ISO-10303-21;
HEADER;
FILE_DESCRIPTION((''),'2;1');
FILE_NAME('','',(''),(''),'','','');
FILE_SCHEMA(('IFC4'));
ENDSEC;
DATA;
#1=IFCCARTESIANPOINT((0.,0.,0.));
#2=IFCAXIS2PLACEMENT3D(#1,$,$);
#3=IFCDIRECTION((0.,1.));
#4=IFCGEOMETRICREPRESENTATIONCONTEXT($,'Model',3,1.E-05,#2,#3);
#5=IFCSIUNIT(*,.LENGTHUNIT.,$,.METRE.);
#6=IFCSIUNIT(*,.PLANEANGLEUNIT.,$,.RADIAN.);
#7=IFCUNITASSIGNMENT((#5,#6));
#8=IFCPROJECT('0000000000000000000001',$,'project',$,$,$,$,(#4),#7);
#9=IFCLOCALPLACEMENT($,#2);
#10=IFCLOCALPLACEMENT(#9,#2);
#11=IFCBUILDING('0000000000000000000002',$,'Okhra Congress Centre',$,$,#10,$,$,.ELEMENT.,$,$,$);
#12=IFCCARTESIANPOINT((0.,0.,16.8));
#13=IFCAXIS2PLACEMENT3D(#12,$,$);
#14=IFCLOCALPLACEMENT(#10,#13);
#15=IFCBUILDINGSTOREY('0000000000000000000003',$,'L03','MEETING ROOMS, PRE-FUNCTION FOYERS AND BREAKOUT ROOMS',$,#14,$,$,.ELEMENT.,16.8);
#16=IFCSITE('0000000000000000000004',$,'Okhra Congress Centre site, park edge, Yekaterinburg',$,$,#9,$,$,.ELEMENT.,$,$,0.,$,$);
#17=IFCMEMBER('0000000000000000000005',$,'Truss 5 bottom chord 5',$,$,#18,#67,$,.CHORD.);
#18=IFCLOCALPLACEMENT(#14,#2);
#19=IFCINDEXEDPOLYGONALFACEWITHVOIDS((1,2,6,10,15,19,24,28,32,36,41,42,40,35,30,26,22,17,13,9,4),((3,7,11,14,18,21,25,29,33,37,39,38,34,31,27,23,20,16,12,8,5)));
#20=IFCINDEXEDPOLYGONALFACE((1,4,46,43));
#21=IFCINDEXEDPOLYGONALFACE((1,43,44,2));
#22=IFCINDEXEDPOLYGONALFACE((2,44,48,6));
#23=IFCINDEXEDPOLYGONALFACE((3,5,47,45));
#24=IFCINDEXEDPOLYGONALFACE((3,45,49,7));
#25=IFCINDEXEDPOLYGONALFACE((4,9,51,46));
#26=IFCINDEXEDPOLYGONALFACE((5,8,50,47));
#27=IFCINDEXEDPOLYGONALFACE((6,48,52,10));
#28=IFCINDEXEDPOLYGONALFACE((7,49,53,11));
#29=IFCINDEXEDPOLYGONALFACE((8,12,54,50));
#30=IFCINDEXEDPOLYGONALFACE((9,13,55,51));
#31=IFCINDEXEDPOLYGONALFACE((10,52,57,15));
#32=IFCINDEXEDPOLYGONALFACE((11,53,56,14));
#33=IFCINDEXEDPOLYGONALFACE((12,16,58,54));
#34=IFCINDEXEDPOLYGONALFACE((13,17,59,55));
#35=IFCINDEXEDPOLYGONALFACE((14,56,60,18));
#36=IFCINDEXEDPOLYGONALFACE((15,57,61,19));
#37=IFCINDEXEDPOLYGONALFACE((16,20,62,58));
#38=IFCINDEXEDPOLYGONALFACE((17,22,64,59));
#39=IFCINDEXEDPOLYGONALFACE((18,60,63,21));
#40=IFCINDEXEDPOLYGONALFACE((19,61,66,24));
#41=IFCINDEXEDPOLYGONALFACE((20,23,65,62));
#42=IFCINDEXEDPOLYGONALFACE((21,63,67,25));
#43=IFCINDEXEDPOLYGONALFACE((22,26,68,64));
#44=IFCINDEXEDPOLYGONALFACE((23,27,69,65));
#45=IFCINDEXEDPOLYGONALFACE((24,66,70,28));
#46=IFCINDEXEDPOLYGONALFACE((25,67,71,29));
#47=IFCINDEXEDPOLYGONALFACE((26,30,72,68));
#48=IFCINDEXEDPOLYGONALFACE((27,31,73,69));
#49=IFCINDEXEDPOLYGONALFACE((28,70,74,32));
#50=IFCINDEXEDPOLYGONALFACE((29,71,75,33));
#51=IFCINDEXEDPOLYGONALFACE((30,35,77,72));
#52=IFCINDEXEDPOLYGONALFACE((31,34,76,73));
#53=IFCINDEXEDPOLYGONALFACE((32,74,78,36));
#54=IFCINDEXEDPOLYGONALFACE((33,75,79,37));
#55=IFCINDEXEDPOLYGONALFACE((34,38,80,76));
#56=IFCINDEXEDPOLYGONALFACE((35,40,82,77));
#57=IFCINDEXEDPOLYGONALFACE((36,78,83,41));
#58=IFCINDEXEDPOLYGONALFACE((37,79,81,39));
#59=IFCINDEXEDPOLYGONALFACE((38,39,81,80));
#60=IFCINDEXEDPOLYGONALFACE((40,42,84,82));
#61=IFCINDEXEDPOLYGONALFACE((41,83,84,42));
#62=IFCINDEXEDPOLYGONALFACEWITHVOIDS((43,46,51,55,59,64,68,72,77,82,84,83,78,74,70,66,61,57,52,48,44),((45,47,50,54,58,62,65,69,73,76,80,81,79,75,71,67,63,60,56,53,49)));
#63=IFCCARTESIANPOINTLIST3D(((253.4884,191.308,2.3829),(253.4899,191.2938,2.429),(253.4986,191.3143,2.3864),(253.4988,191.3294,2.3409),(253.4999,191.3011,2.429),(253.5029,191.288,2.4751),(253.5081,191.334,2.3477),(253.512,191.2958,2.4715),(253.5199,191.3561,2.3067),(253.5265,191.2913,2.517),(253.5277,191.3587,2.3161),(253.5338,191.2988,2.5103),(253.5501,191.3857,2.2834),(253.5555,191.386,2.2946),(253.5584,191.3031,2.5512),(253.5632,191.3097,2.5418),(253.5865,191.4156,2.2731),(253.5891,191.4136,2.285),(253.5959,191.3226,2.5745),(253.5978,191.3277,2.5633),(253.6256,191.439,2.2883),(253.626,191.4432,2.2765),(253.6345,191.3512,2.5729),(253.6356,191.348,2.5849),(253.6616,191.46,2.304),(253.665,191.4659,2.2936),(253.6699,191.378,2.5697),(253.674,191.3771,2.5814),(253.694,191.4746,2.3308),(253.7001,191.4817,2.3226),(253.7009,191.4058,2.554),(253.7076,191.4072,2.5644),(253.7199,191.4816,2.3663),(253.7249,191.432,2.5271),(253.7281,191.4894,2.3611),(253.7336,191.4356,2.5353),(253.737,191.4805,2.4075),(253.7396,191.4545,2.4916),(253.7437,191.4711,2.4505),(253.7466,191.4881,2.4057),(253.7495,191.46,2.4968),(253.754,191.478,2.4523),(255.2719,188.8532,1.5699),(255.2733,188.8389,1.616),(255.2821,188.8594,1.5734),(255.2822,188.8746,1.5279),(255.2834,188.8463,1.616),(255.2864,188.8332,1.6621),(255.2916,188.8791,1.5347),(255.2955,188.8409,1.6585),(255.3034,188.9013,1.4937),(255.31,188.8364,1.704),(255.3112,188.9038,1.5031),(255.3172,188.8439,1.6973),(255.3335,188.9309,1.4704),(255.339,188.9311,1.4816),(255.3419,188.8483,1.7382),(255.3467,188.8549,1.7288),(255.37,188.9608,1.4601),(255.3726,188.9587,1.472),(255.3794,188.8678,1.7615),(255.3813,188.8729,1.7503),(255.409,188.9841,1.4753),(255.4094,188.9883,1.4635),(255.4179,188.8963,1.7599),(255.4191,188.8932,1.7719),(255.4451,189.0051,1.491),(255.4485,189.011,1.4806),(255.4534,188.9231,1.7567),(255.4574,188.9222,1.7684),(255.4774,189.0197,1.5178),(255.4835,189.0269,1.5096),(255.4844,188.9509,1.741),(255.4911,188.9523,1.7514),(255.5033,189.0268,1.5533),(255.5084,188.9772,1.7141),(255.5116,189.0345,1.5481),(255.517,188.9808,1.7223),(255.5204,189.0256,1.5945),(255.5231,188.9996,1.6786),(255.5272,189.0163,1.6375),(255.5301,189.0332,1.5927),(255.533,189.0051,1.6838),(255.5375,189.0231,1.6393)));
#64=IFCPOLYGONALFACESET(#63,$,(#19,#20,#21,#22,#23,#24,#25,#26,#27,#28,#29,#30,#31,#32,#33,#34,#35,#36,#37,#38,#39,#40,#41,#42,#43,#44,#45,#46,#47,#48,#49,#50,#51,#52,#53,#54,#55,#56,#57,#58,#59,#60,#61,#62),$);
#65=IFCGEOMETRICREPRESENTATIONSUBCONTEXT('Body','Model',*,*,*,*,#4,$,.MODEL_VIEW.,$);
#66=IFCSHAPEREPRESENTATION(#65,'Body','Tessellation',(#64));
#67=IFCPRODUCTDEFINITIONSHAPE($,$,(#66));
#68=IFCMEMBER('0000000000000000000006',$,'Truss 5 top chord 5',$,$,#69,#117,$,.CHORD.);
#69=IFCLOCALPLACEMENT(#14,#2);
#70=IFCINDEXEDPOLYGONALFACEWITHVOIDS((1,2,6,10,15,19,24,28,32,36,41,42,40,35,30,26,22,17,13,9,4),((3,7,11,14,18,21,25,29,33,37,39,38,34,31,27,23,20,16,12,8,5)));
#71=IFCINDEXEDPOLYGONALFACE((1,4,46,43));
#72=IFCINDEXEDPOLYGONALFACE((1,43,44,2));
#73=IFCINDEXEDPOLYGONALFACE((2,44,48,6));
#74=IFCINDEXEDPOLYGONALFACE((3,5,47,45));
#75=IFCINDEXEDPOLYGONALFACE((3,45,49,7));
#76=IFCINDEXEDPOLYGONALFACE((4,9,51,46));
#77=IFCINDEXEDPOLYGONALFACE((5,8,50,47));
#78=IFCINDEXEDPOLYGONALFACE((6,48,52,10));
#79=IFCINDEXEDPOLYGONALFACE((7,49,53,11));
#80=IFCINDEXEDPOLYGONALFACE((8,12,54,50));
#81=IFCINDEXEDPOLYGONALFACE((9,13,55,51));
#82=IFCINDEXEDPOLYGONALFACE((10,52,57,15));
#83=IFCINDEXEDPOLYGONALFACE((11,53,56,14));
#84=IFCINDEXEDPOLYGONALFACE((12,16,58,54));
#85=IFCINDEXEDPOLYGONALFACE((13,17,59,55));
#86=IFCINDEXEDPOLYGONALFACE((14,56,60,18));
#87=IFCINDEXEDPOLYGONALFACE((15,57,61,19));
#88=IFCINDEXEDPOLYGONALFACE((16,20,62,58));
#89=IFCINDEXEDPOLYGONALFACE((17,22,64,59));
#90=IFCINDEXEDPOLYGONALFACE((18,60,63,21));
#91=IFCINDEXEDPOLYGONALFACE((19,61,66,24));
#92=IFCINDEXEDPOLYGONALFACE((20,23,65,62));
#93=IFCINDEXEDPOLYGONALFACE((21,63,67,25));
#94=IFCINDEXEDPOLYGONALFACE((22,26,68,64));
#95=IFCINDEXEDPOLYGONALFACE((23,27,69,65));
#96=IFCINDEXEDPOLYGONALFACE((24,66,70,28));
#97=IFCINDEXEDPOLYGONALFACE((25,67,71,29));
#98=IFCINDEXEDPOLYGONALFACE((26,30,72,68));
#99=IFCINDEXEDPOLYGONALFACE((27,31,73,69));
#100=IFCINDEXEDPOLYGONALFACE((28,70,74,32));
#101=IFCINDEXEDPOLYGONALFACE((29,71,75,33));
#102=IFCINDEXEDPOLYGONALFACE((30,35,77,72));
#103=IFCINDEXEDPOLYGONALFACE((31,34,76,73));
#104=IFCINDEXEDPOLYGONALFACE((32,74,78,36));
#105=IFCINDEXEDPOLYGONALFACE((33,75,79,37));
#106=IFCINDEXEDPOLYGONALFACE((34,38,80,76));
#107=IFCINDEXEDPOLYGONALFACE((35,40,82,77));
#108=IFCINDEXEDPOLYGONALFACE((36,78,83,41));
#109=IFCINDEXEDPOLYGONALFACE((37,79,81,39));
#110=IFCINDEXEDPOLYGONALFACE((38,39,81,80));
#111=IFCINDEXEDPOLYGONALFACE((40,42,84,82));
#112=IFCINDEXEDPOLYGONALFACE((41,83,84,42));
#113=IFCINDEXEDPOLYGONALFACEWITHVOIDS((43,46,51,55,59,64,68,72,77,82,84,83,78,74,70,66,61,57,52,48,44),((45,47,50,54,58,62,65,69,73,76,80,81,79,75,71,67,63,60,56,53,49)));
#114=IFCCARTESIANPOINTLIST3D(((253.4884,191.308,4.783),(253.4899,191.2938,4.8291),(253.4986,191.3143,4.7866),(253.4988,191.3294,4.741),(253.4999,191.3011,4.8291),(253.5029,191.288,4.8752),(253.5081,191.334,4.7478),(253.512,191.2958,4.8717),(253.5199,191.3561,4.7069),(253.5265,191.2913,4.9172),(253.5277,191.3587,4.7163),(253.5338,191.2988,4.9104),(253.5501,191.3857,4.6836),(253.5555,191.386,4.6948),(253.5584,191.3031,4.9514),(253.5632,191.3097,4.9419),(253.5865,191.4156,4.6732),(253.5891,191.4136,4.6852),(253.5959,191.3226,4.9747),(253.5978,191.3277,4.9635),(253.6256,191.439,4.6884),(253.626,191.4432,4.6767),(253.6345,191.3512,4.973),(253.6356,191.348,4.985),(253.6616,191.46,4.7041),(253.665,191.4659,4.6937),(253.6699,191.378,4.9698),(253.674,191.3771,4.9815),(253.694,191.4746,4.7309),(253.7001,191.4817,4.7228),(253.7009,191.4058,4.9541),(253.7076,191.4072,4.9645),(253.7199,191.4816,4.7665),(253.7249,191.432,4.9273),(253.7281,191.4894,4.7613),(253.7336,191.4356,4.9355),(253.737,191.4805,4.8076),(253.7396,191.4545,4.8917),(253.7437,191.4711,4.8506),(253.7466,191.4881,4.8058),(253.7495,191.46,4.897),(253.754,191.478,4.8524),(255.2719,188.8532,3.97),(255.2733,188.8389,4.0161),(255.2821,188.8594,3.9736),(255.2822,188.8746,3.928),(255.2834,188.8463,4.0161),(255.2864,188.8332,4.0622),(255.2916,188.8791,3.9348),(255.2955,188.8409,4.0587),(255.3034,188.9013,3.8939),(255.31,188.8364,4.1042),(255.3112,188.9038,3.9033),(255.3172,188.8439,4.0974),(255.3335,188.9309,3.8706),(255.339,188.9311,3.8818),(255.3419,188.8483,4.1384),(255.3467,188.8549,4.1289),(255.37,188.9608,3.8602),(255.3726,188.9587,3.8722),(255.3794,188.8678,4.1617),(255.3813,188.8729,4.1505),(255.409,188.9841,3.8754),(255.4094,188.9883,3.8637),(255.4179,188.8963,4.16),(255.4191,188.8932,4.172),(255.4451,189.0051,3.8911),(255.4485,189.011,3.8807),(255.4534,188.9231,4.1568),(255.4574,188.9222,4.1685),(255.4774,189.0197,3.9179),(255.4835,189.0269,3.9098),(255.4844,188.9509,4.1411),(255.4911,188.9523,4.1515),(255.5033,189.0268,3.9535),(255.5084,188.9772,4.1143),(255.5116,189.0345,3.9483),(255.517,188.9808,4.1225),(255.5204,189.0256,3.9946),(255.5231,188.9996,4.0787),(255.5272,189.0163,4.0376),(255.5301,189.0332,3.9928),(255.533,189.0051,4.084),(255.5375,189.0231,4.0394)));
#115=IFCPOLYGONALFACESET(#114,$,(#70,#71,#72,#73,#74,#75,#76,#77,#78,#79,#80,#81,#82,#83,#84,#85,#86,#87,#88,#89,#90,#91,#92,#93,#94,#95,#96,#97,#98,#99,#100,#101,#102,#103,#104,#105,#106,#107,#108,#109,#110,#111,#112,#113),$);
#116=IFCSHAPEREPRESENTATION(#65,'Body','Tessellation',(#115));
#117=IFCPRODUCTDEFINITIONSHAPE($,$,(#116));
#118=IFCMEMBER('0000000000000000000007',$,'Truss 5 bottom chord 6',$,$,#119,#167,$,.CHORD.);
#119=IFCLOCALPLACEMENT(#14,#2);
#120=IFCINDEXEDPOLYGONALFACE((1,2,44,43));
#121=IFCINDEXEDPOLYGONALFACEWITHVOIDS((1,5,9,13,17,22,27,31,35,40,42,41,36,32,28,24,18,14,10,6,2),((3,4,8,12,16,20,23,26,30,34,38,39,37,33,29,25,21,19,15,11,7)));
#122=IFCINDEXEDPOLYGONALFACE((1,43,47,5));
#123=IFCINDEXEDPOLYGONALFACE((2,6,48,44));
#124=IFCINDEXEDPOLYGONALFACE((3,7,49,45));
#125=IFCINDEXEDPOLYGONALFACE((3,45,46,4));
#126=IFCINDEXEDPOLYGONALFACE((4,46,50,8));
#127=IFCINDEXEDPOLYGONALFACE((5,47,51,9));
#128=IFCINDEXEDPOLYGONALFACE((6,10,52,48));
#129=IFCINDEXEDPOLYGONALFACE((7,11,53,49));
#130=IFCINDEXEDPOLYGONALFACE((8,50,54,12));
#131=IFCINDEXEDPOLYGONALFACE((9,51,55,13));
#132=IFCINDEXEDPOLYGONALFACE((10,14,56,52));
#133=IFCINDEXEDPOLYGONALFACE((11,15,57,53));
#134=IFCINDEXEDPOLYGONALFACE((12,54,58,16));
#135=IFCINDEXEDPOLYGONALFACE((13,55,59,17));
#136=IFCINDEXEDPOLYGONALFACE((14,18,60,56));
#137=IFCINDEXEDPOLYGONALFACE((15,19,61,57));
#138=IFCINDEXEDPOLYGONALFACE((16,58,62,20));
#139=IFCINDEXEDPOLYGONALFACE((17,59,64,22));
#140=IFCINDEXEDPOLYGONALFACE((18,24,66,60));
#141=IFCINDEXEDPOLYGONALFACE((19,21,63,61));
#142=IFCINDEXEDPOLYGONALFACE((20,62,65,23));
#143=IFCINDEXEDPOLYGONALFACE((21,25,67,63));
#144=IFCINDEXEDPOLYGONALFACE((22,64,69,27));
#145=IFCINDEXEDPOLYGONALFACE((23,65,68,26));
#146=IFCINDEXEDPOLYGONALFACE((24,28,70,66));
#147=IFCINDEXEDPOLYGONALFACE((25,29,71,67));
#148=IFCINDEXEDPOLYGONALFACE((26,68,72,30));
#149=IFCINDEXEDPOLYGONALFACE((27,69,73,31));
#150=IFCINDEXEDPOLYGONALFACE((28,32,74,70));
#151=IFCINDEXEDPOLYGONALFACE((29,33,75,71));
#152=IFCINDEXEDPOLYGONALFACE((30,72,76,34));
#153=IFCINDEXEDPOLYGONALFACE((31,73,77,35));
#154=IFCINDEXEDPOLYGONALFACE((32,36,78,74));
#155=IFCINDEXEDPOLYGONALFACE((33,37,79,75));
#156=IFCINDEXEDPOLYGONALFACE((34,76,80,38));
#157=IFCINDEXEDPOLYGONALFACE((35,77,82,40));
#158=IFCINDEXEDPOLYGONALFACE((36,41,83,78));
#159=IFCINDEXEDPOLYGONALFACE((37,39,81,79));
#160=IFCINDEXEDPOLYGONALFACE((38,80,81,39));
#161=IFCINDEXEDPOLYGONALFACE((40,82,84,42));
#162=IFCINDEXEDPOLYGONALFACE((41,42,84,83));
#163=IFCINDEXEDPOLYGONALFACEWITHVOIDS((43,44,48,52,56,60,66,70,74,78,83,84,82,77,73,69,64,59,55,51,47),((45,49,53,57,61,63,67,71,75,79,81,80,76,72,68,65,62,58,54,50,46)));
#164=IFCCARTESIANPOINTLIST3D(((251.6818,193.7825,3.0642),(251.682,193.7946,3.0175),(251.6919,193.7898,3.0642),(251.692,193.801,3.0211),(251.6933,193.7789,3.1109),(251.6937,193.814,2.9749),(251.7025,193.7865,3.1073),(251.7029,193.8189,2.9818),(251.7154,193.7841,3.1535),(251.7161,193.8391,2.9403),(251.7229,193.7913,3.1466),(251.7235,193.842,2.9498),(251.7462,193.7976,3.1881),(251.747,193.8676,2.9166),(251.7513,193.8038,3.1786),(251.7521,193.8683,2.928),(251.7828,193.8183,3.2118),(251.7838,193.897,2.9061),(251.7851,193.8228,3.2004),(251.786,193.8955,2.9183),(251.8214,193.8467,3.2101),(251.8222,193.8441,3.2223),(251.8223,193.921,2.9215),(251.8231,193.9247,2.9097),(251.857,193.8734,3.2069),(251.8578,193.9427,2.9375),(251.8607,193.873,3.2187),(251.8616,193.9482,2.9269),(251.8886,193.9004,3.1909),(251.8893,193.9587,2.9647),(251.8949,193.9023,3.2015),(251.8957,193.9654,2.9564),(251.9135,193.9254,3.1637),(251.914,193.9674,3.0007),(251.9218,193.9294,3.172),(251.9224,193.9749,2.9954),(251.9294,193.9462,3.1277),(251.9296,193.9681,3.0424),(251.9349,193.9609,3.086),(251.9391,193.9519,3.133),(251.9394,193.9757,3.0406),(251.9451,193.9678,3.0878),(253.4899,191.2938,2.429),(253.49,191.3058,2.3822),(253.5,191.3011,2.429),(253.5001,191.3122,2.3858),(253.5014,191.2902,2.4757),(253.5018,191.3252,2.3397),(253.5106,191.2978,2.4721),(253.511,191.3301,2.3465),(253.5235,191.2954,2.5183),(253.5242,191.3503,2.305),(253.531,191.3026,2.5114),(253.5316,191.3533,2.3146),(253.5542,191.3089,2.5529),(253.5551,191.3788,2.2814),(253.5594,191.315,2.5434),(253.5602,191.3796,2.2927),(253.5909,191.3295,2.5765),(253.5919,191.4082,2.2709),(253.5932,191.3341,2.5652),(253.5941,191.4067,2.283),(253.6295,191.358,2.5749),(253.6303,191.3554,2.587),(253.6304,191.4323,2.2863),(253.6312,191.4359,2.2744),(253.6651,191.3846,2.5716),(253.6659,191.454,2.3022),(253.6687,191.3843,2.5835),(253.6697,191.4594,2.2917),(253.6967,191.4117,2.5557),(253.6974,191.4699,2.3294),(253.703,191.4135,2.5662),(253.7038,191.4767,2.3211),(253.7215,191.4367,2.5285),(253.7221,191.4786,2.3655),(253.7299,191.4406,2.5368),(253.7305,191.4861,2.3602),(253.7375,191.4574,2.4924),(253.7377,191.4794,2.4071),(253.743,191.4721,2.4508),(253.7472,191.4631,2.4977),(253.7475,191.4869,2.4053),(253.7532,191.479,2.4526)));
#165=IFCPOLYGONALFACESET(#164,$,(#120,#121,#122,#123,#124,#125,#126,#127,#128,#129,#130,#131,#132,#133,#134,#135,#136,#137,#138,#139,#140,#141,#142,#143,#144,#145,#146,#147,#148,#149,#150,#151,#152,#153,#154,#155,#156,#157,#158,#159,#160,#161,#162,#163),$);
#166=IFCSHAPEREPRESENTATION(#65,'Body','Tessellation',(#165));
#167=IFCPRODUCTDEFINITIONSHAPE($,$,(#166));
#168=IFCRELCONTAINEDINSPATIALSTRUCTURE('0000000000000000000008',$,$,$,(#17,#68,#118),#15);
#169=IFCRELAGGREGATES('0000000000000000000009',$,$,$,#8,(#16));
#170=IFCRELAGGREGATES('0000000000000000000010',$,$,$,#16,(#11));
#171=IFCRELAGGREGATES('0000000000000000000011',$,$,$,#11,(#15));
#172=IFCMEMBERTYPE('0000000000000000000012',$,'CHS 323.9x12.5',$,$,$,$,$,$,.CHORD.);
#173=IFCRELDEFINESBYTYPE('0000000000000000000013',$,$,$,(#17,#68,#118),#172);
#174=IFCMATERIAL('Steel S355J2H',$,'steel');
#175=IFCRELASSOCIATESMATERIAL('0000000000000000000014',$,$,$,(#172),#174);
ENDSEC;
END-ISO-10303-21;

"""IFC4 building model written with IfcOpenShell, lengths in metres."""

from ifc_helpers import new_model, si_unit, direction, frame, origin, origin_2d, place, context, subcontext, project, spatial, hollow_circle, extrude, material, material_profile, profile_set, type_object, element, save


model = new_model("IFC4")

# Units and contexts
model_context = context("Model", 3, precision=1e-05, world=origin(), true_north=direction((0.0, 1.0)))
body_context = subcontext(model_context, "Body", "Model", "MODEL_VIEW")
ifc_project = project(units=[si_unit("LENGTHUNIT", "METRE"), si_unit("PLANEANGLEUNIT", "RADIAN")], contexts=[model_context])

# Site, building, storey
site_placement = place(None, origin())
site = spatial("IfcSite", under=ifc_project, at=site_placement, Name="Okhra Congress Centre site, park edge, Yekaterinburg", CompositionType="ELEMENT", RefElevation=0.0)
building_placement = place(site_placement, origin())
building = spatial("IfcBuilding", under=site, at=building_placement, Name="Okhra Congress Centre", CompositionType="ELEMENT")
storey_placement = place(building_placement, frame((0.0, 0.0, 16.8)))
storey = spatial("IfcBuildingStorey", under=building, at=storey_placement, Name="L03", Description="MEETING ROOMS, PRE-FUNCTION FOYERS AND BREAKOUT ROOMS", CompositionType="ELEMENT", Elevation=16.8)

# Members
ifc_material_1 = material(Name="Steel S355J2H", Category="steel")
ifc_material_profile_1 = material_profile(ifc_material_1, hollow_circle(Radius=0.1619, WallThickness=0.0125, at=origin_2d()), Name="CHS 323.9x12.5")
ifc_profile_set_1 = profile_set([ifc_material_profile_1], Name="Steel S355J2H")
member_type_1 = type_object("IfcMemberType", Name="CHS 323.9x12.5", PredefinedType="CHORD", material=ifc_profile_set_1)
for number, where, z_axis, x_axis, name in (
    (1, (255.4043, 188.9341, 1.616), (-0.56774, 0.781468, 0.258805), (-0.809032, -0.587765, 0.0), "Truss 5 bottom chord 5"),
    (2, (255.4043, 188.9341, 4.0161), (-0.56774, 0.781468, 0.258805), (-0.809032, -0.587765, 0.0), "Truss 5 top chord 5"),
):
    element("IfcMember", number, at=place(storey_placement, frame(where, z_axis=z_axis, x_axis=x_axis)), inside=storey, type_object=member_type_1, Name=name, PredefinedType="CHORD", context=body_context, shape_type="SweptSolid", body=[
        extrude(hollow_circle(Radius=0.1619, WallThickness=0.0125, at=origin_2d()), origin(), (0.0, 0.0, 1.0), 3.1414),
    ])
member_1_placement = place(storey_placement, frame((253.6208, 191.3889, 2.429), z_axis=(-0.575621, 0.792314, 0.202237), x_axis=(-0.809031, -0.587766, 0.0)))
element("IfcMember", 3, at=member_1_placement, inside=storey, type_object=member_type_1, Name="Truss 5 bottom chord 6", PredefinedType="CHORD", context=body_context, shape_type="SweptSolid", body=[
    extrude(hollow_circle(Radius=0.1619, WallThickness=0.0125, at=origin_2d()), origin(), (0.0, 0.0, 1.0), 3.1411),
])

save(model, "model.ifc")
